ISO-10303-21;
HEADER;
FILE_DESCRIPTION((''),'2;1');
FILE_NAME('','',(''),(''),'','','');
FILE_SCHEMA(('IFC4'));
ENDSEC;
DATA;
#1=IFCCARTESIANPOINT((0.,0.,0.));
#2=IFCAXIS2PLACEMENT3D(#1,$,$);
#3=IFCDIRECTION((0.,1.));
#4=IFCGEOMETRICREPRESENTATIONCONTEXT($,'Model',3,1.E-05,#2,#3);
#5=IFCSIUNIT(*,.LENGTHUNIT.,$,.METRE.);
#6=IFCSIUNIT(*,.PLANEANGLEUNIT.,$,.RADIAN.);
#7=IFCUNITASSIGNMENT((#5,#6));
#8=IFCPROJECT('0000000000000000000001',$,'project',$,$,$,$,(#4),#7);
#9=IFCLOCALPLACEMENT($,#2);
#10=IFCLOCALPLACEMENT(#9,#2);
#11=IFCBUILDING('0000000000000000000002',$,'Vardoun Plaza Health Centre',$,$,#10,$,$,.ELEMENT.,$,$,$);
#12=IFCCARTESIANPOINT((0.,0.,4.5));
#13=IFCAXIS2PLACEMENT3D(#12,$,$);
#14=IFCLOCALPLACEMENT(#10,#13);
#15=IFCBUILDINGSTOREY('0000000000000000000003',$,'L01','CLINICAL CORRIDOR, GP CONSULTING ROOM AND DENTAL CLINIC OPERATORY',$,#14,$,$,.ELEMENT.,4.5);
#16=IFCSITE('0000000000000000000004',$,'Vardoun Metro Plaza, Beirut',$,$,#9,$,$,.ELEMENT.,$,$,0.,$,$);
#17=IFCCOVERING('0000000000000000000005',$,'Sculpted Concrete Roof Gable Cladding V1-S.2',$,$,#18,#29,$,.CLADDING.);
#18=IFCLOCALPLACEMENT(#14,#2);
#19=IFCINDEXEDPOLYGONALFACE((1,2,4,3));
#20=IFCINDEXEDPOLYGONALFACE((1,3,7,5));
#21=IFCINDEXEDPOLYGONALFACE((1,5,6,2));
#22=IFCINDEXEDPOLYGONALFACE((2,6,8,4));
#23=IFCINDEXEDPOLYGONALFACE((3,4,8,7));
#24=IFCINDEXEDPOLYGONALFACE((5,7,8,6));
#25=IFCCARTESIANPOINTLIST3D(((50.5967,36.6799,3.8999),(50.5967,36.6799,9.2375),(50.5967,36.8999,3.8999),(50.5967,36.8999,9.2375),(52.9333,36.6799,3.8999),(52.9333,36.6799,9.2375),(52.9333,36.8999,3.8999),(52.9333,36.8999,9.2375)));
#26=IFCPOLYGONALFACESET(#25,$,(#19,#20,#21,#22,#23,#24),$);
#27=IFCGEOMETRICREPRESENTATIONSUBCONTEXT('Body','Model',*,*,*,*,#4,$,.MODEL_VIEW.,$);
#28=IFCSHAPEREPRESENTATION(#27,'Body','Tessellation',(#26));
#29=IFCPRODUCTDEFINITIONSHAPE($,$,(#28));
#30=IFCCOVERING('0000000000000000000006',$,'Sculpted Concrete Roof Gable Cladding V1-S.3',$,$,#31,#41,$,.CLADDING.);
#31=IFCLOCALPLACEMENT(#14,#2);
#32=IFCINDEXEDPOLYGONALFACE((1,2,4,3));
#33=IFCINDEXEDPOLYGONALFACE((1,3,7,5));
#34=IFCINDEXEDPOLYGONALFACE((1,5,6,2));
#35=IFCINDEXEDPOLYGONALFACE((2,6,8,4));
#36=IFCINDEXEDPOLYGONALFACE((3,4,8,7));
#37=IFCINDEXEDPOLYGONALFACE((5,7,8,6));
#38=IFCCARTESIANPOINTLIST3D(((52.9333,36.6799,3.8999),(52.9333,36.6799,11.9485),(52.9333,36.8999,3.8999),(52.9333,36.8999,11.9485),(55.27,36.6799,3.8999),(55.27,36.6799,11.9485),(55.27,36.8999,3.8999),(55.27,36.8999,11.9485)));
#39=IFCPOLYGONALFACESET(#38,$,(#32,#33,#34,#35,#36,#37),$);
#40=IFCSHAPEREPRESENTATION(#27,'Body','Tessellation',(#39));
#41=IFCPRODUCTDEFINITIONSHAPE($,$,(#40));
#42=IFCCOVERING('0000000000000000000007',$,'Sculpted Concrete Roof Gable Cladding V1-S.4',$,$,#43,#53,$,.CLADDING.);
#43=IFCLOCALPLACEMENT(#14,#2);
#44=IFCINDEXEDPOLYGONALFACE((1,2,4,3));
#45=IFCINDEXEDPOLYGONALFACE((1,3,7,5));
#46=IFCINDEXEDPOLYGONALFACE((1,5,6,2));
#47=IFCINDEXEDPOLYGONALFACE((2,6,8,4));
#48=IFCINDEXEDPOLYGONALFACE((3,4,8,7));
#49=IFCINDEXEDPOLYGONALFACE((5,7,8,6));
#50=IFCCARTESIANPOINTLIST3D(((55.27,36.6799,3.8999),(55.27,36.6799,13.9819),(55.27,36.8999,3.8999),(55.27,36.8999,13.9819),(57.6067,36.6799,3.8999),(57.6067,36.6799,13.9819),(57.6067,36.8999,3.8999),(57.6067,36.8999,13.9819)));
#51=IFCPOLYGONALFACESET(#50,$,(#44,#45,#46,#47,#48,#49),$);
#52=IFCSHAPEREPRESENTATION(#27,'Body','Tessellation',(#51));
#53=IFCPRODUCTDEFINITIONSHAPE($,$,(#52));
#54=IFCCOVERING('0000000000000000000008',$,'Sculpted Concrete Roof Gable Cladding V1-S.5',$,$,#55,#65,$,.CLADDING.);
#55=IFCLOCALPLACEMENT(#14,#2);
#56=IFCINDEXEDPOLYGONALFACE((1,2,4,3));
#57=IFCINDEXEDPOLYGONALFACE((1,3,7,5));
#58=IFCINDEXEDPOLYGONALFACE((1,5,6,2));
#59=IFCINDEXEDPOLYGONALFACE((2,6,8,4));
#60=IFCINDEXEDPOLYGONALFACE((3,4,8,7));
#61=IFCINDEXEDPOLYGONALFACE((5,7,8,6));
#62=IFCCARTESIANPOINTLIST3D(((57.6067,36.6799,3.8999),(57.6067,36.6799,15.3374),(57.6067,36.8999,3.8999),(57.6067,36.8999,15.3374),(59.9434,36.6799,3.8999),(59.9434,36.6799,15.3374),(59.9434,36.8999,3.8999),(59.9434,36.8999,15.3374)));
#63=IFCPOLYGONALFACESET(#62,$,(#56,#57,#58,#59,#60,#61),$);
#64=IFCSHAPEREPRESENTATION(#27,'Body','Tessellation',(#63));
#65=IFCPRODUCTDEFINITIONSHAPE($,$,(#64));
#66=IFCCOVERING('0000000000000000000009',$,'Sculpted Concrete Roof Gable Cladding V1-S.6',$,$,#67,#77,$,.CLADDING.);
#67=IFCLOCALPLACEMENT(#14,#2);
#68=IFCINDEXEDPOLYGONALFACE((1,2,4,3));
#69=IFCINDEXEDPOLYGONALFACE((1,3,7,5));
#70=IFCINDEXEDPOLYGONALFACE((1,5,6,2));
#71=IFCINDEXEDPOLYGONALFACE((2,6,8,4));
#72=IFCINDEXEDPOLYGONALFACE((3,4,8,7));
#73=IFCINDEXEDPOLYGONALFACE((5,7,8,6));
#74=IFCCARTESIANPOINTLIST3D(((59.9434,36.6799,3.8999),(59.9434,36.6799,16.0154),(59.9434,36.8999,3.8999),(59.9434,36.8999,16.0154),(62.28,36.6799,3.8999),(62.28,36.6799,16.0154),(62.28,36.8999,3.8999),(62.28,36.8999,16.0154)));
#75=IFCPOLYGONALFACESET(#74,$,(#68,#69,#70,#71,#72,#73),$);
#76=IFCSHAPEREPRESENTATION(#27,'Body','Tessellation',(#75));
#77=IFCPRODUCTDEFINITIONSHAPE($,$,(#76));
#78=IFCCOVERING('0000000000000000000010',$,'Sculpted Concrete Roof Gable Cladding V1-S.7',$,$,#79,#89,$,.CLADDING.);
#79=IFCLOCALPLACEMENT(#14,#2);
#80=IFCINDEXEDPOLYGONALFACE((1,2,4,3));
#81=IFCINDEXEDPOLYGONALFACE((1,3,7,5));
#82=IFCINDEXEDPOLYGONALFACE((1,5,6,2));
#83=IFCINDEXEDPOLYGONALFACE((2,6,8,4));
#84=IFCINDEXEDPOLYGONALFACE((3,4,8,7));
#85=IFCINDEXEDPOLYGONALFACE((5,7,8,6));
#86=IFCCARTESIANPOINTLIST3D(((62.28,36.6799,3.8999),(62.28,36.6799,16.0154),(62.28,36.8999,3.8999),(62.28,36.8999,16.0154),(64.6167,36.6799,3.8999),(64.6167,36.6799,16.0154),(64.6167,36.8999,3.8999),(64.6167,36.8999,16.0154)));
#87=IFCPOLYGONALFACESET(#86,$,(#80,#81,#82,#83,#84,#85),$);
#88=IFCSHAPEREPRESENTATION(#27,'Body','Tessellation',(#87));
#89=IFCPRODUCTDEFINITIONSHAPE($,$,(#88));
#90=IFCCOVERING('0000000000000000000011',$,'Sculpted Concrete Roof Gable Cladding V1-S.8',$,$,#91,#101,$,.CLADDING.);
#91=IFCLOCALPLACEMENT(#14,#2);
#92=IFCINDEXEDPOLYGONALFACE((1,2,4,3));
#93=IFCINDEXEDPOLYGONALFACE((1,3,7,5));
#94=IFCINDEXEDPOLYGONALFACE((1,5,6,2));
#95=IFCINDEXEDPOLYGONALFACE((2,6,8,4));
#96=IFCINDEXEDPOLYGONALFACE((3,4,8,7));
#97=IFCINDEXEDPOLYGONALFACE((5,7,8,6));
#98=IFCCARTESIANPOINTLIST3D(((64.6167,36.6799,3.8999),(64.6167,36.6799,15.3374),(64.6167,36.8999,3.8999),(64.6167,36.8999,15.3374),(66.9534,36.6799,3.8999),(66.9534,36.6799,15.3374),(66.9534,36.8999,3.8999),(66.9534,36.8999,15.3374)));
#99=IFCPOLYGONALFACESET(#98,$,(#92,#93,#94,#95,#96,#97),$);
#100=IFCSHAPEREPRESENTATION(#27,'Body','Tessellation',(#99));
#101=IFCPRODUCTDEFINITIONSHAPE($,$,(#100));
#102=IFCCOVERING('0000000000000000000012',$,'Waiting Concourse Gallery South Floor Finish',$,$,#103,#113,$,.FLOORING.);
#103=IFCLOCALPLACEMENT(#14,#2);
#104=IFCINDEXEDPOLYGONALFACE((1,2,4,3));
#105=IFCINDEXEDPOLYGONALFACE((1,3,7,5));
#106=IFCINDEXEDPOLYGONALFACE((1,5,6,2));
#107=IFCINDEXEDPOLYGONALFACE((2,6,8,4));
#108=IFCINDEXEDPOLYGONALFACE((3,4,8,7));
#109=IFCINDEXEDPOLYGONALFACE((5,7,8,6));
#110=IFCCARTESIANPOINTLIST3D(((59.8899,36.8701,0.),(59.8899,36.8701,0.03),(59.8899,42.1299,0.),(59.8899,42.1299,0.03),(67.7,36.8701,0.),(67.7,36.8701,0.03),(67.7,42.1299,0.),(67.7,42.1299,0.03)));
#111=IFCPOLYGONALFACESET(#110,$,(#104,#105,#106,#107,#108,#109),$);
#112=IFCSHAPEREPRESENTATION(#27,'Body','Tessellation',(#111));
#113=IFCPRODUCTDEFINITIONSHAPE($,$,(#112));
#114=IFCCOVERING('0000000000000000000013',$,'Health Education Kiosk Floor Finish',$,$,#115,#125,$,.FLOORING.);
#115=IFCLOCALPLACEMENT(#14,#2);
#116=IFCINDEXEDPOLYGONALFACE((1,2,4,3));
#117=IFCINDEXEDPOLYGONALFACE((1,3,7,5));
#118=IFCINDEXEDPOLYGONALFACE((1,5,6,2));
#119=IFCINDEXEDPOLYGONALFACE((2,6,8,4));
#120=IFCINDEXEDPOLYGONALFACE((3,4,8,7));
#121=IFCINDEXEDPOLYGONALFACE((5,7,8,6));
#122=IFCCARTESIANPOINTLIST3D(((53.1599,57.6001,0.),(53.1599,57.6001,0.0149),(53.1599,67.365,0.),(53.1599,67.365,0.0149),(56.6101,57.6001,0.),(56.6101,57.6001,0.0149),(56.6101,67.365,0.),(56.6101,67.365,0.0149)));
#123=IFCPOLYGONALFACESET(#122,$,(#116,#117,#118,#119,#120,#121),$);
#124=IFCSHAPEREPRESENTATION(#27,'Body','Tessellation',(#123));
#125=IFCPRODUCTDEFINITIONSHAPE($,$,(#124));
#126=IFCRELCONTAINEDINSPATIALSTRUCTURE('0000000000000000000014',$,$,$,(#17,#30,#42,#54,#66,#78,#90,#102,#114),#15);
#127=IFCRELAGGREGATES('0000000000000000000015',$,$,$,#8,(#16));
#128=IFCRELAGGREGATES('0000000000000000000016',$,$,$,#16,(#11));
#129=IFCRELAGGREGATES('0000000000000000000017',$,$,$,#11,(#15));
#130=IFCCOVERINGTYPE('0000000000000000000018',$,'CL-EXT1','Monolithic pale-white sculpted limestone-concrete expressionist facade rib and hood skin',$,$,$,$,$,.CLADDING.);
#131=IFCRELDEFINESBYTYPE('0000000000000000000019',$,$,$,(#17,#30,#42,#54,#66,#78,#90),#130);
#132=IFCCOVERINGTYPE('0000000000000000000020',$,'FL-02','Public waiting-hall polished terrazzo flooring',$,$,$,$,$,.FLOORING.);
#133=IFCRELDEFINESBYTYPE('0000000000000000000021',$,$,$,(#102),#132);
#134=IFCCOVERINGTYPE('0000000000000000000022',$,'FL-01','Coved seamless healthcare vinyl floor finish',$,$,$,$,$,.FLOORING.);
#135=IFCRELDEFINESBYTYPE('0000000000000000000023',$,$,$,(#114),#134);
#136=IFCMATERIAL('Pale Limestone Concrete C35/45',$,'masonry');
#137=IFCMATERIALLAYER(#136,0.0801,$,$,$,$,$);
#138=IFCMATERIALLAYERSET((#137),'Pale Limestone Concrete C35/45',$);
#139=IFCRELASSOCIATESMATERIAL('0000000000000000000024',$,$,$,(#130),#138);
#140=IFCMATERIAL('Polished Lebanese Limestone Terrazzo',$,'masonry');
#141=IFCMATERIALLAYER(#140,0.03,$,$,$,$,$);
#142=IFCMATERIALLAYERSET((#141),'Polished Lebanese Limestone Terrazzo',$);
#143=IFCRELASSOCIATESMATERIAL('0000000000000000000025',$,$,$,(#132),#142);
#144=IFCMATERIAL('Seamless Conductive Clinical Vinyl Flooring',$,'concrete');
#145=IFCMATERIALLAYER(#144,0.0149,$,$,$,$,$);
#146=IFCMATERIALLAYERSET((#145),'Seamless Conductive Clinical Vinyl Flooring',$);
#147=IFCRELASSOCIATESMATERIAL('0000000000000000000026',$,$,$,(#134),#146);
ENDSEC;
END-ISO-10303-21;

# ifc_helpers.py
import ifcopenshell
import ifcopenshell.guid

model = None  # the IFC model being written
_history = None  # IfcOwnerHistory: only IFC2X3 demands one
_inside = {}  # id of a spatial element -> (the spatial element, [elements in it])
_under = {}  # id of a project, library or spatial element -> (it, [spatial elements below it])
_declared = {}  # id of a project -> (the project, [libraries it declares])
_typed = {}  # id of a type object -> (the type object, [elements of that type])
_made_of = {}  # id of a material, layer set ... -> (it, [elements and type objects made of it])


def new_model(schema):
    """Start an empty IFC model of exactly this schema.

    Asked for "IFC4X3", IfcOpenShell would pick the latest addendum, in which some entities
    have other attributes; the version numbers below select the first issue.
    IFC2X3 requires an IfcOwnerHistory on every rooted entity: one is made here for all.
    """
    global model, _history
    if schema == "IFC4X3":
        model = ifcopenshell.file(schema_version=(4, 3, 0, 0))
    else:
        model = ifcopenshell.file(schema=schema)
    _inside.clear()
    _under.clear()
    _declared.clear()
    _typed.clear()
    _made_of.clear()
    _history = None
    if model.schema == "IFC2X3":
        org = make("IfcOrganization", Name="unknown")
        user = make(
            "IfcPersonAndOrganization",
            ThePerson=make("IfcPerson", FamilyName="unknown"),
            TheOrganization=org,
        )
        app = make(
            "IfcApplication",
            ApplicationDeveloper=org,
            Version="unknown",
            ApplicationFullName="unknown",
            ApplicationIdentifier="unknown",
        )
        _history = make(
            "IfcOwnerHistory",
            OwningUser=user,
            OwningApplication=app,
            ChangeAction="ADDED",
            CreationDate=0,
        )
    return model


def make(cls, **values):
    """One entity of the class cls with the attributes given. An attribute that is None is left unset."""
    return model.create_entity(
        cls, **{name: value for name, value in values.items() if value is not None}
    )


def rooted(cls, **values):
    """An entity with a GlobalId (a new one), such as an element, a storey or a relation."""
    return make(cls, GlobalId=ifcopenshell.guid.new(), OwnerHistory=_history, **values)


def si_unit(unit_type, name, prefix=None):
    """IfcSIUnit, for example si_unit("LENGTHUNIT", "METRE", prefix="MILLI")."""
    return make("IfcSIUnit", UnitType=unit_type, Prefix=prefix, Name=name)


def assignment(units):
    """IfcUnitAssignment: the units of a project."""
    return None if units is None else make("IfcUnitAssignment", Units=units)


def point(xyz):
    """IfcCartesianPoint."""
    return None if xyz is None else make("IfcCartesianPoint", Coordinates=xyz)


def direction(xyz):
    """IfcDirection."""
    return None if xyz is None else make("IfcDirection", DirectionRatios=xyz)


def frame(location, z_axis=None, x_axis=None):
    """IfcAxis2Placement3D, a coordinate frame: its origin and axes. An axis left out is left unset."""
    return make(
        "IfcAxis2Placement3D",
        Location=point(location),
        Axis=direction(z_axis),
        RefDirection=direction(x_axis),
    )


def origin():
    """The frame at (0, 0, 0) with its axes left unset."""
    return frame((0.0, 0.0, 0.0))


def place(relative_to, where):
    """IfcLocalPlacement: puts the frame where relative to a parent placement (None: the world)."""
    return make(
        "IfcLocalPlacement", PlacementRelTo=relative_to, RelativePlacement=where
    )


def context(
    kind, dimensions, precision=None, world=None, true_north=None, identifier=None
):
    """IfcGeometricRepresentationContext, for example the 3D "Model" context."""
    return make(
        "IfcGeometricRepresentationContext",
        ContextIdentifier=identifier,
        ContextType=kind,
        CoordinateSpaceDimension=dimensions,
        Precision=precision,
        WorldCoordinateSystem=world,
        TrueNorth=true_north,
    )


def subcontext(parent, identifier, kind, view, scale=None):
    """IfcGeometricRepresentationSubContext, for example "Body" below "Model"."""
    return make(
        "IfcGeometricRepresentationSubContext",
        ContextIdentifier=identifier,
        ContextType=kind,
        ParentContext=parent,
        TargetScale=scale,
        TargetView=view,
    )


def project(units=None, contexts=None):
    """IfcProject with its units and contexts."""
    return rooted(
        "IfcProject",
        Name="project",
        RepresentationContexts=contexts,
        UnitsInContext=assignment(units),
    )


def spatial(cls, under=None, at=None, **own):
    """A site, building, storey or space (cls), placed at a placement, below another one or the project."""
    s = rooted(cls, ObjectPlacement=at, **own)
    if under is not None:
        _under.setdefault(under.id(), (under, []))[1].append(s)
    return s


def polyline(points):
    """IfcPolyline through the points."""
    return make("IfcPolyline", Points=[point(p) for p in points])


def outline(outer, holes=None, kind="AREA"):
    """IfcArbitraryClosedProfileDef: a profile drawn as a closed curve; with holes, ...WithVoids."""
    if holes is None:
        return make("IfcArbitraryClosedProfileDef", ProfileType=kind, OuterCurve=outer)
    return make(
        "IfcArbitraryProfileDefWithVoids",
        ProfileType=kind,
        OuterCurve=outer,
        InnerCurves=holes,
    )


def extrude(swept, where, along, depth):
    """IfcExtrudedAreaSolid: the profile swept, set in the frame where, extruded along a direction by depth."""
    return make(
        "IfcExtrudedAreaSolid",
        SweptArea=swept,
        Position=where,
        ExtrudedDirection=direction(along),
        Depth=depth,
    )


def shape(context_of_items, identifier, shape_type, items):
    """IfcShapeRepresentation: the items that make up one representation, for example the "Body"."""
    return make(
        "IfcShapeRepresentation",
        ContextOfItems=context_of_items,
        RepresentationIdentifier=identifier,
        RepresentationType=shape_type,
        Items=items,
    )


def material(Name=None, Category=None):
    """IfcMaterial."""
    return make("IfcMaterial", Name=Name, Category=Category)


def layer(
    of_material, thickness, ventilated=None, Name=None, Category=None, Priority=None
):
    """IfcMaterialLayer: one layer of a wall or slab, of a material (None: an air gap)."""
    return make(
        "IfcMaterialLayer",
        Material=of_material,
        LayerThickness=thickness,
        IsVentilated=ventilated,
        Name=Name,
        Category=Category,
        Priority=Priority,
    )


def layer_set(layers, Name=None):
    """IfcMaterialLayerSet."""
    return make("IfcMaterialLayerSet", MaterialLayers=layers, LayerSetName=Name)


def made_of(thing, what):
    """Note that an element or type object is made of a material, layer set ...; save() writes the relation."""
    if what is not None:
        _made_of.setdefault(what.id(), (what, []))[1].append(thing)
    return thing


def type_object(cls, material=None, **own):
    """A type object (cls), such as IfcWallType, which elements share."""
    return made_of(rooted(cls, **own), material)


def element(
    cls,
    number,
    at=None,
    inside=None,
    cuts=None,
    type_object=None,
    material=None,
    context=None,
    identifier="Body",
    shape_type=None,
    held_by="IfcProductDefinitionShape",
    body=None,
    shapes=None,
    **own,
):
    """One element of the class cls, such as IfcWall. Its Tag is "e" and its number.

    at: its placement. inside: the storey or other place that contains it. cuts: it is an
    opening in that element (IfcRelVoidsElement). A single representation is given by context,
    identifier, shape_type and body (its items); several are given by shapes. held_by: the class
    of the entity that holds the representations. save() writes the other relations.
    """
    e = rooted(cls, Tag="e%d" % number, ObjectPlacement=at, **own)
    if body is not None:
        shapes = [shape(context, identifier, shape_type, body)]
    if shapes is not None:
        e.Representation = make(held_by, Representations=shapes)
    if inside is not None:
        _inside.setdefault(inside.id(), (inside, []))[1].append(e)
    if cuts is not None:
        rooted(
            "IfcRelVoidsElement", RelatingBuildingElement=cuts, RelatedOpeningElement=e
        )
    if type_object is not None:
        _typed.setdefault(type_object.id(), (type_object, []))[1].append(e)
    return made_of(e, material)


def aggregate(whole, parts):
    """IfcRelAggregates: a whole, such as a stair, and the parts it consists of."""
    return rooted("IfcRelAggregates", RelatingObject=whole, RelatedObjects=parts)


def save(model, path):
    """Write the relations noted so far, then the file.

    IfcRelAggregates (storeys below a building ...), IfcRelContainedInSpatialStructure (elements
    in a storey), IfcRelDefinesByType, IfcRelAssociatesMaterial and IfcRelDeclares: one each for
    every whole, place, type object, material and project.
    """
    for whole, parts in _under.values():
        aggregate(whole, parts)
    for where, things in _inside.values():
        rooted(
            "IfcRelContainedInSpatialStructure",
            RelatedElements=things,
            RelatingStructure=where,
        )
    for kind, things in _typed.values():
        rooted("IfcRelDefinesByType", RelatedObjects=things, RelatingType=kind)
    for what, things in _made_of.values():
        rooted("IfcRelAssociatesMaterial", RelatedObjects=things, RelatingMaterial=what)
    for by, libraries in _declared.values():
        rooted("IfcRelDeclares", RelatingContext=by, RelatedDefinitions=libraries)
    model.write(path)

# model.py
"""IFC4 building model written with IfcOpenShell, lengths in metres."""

from ifc_helpers import new_model, si_unit, direction, frame, origin, place, context, subcontext, project, spatial, polyline, outline, extrude, material, layer, layer_set, type_object, element, save


model = new_model("IFC4")

# Units and contexts
model_context = context("Model", 3, precision=1e-05, world=origin(), true_north=direction((0.0, 1.0)))
body_context = subcontext(model_context, "Body", "Model", "MODEL_VIEW")
ifc_project = project(units=[si_unit("LENGTHUNIT", "METRE"), si_unit("PLANEANGLEUNIT", "RADIAN")], contexts=[model_context])

# Site, building, storey
site_placement = place(None, origin())
site = spatial("IfcSite", under=ifc_project, at=site_placement, Name="Vardoun Metro Plaza, Beirut", CompositionType="ELEMENT", RefElevation=0.0)
building_placement = place(site_placement, origin())
building = spatial("IfcBuilding", under=site, at=building_placement, Name="Vardoun Plaza Health Centre", CompositionType="ELEMENT")
storey_placement = place(building_placement, frame((0.0, 0.0, 4.5)))
storey = spatial("IfcBuildingStorey", under=building, at=storey_placement, Name="L01", Description="CLINICAL CORRIDOR, GP CONSULTING ROOM AND DENTAL CLINIC OPERATORY", CompositionType="ELEMENT", Elevation=4.5)

# Coverings
ifc_material_1 = material(Name="Pale Limestone Concrete C35/45", Category="masonry")
ifc_layer_1 = layer(ifc_material_1, 0.0801)
ifc_layer_set_1 = layer_set([ifc_layer_1], Name="Pale Limestone Concrete C35/45")
covering_type_1 = type_object("IfcCoveringType", Name="CL-EXT1", Description="Monolithic pale-white sculpted limestone-concrete expressionist facade rib and hood skin", PredefinedType="CLADDING", material=ifc_layer_set_1)
covering_1_placement = place(storey_placement, frame((0.0, 0.0, 3.8999)))
element("IfcCovering", 1, at=covering_1_placement, inside=storey, type_object=covering_type_1, Name="Sculpted Concrete Roof Gable Cladding V1-S.2", PredefinedType="CLADDING", context=body_context, shape_type="SweptSolid", body=[
    extrude(outline(polyline([(50.5967, 36.6799), (52.9333, 36.6799), (52.9333, 36.8999), (50.5967, 36.8999), (50.5967, 36.6799)])), origin(), (0.0, 0.0, 1.0), 5.3376),
])
covering_2_placement = place(storey_placement, frame((0.0, 0.0, 3.8999)))
element("IfcCovering", 2, at=covering_2_placement, inside=storey, type_object=covering_type_1, Name="Sculpted Concrete Roof Gable Cladding V1-S.3", PredefinedType="CLADDING", context=body_context, shape_type="SweptSolid", body=[
    extrude(outline(polyline([(52.9333, 36.6799), (55.27, 36.6799), (55.27, 36.8999), (52.9333, 36.8999), (52.9333, 36.6799)])), origin(), (0.0, 0.0, 1.0), 8.0486),
])
covering_3_placement = place(storey_placement, frame((0.0, 0.0, 3.8999)))
element("IfcCovering", 3, at=covering_3_placement, inside=storey, type_object=covering_type_1, Name="Sculpted Concrete Roof Gable Cladding V1-S.4", PredefinedType="CLADDING", context=body_context, shape_type="SweptSolid", body=[
    extrude(outline(polyline([(55.27, 36.6799), (57.6067, 36.6799), (57.6067, 36.8999), (55.27, 36.8999), (55.27, 36.6799)])), origin(), (0.0, 0.0, 1.0), 10.082),
])
covering_4_placement = place(storey_placement, frame((0.0, 0.0, 3.8999)))
element("IfcCovering", 4, at=covering_4_placement, inside=storey, type_object=covering_type_1, Name="Sculpted Concrete Roof Gable Cladding V1-S.5", PredefinedType="CLADDING", context=body_context, shape_type="SweptSolid", body=[
    extrude(outline(polyline([(57.6067, 36.6799), (59.9434, 36.6799), (59.9434, 36.8999), (57.6067, 36.8999), (57.6067, 36.6799)])), origin(), (0.0, 0.0, 1.0), 11.4375),
])
covering_5_placement = place(storey_placement, frame((0.0, 0.0, 3.8999)))
element("IfcCovering", 5, at=covering_5_placement, inside=storey, type_object=covering_type_1, Name="Sculpted Concrete Roof Gable Cladding V1-S.6", PredefinedType="CLADDING", context=body_context, shape_type="SweptSolid", body=[
    extrude(outline(polyline([(59.9434, 36.6799), (62.28, 36.6799), (62.28, 36.8999), (59.9434, 36.8999), (59.9434, 36.6799)])), origin(), (0.0, 0.0, 1.0), 12.1155),
])
covering_6_placement = place(storey_placement, frame((0.0, 0.0, 3.8999)))
element("IfcCovering", 6, at=covering_6_placement, inside=storey, type_object=covering_type_1, Name="Sculpted Concrete Roof Gable Cladding V1-S.7", PredefinedType="CLADDING", context=body_context, shape_type="SweptSolid", body=[
    extrude(outline(polyline([(62.28, 36.6799), (64.6167, 36.6799), (64.6167, 36.8999), (62.28, 36.8999), (62.28, 36.6799)])), origin(), (0.0, 0.0, 1.0), 12.1155),
])
covering_7_placement = place(storey_placement, frame((0.0, 0.0, 3.8999)))
element("IfcCovering", 7, at=covering_7_placement, inside=storey, type_object=covering_type_1, Name="Sculpted Concrete Roof Gable Cladding V1-S.8", PredefinedType="CLADDING", context=body_context, shape_type="SweptSolid", body=[
    extrude(outline(polyline([(64.6167, 36.6799), (66.9534, 36.6799), (66.9534, 36.8999), (64.6167, 36.8999), (64.6167, 36.6799)])), origin(), (0.0, 0.0, 1.0), 11.4375),
])
ifc_material_2 = material(Name="Polished Lebanese Limestone Terrazzo", Category="masonry")
ifc_layer_2 = layer(ifc_material_2, 0.03)
ifc_layer_set_2 = layer_set([ifc_layer_2], Name="Polished Lebanese Limestone Terrazzo")
covering_type_2 = type_object("IfcCoveringType", Name="FL-02", Description="Public waiting-hall polished terrazzo flooring", PredefinedType="FLOORING", material=ifc_layer_set_2)
covering_8_placement = place(storey_placement, origin())
element("IfcCovering", 8, at=covering_8_placement, inside=storey, type_object=covering_type_2, Name="Waiting Concourse Gallery South Floor Finish", PredefinedType="FLOORING", context=body_context, shape_type="SweptSolid", body=[
    extrude(outline(polyline([(59.8899, 36.8701), (59.8899, 42.1299), (67.7, 42.1299), (67.7, 36.8701), (59.8899, 36.8701)])), origin(), (0.0, 0.0, 1.0), 0.03),
])
ifc_material_3 = material(Name="Seamless Conductive Clinical Vinyl Flooring", Category="concrete")
ifc_layer_3 = layer(ifc_material_3, 0.0149)
ifc_layer_set_3 = layer_set([ifc_layer_3], Name="Seamless Conductive Clinical Vinyl Flooring")
covering_type_3 = type_object("IfcCoveringType", Name="FL-01", Description="Coved seamless healthcare vinyl floor finish", PredefinedType="FLOORING", material=ifc_layer_set_3)
covering_9_placement = place(storey_placement, origin())
element("IfcCovering", 9, at=covering_9_placement, inside=storey, type_object=covering_type_3, Name="Health Education Kiosk Floor Finish", PredefinedType="FLOORING", context=body_context, shape_type="SweptSolid", body=[
    extrude(outline(polyline([(56.6101, 57.6001), (53.1599, 57.6001), (53.1599, 67.365), (56.6101, 67.365), (56.6101, 57.6001)])), origin(), (0.0, 0.0, 1.0), 0.0149),
])

save(model, "model.ifc")
